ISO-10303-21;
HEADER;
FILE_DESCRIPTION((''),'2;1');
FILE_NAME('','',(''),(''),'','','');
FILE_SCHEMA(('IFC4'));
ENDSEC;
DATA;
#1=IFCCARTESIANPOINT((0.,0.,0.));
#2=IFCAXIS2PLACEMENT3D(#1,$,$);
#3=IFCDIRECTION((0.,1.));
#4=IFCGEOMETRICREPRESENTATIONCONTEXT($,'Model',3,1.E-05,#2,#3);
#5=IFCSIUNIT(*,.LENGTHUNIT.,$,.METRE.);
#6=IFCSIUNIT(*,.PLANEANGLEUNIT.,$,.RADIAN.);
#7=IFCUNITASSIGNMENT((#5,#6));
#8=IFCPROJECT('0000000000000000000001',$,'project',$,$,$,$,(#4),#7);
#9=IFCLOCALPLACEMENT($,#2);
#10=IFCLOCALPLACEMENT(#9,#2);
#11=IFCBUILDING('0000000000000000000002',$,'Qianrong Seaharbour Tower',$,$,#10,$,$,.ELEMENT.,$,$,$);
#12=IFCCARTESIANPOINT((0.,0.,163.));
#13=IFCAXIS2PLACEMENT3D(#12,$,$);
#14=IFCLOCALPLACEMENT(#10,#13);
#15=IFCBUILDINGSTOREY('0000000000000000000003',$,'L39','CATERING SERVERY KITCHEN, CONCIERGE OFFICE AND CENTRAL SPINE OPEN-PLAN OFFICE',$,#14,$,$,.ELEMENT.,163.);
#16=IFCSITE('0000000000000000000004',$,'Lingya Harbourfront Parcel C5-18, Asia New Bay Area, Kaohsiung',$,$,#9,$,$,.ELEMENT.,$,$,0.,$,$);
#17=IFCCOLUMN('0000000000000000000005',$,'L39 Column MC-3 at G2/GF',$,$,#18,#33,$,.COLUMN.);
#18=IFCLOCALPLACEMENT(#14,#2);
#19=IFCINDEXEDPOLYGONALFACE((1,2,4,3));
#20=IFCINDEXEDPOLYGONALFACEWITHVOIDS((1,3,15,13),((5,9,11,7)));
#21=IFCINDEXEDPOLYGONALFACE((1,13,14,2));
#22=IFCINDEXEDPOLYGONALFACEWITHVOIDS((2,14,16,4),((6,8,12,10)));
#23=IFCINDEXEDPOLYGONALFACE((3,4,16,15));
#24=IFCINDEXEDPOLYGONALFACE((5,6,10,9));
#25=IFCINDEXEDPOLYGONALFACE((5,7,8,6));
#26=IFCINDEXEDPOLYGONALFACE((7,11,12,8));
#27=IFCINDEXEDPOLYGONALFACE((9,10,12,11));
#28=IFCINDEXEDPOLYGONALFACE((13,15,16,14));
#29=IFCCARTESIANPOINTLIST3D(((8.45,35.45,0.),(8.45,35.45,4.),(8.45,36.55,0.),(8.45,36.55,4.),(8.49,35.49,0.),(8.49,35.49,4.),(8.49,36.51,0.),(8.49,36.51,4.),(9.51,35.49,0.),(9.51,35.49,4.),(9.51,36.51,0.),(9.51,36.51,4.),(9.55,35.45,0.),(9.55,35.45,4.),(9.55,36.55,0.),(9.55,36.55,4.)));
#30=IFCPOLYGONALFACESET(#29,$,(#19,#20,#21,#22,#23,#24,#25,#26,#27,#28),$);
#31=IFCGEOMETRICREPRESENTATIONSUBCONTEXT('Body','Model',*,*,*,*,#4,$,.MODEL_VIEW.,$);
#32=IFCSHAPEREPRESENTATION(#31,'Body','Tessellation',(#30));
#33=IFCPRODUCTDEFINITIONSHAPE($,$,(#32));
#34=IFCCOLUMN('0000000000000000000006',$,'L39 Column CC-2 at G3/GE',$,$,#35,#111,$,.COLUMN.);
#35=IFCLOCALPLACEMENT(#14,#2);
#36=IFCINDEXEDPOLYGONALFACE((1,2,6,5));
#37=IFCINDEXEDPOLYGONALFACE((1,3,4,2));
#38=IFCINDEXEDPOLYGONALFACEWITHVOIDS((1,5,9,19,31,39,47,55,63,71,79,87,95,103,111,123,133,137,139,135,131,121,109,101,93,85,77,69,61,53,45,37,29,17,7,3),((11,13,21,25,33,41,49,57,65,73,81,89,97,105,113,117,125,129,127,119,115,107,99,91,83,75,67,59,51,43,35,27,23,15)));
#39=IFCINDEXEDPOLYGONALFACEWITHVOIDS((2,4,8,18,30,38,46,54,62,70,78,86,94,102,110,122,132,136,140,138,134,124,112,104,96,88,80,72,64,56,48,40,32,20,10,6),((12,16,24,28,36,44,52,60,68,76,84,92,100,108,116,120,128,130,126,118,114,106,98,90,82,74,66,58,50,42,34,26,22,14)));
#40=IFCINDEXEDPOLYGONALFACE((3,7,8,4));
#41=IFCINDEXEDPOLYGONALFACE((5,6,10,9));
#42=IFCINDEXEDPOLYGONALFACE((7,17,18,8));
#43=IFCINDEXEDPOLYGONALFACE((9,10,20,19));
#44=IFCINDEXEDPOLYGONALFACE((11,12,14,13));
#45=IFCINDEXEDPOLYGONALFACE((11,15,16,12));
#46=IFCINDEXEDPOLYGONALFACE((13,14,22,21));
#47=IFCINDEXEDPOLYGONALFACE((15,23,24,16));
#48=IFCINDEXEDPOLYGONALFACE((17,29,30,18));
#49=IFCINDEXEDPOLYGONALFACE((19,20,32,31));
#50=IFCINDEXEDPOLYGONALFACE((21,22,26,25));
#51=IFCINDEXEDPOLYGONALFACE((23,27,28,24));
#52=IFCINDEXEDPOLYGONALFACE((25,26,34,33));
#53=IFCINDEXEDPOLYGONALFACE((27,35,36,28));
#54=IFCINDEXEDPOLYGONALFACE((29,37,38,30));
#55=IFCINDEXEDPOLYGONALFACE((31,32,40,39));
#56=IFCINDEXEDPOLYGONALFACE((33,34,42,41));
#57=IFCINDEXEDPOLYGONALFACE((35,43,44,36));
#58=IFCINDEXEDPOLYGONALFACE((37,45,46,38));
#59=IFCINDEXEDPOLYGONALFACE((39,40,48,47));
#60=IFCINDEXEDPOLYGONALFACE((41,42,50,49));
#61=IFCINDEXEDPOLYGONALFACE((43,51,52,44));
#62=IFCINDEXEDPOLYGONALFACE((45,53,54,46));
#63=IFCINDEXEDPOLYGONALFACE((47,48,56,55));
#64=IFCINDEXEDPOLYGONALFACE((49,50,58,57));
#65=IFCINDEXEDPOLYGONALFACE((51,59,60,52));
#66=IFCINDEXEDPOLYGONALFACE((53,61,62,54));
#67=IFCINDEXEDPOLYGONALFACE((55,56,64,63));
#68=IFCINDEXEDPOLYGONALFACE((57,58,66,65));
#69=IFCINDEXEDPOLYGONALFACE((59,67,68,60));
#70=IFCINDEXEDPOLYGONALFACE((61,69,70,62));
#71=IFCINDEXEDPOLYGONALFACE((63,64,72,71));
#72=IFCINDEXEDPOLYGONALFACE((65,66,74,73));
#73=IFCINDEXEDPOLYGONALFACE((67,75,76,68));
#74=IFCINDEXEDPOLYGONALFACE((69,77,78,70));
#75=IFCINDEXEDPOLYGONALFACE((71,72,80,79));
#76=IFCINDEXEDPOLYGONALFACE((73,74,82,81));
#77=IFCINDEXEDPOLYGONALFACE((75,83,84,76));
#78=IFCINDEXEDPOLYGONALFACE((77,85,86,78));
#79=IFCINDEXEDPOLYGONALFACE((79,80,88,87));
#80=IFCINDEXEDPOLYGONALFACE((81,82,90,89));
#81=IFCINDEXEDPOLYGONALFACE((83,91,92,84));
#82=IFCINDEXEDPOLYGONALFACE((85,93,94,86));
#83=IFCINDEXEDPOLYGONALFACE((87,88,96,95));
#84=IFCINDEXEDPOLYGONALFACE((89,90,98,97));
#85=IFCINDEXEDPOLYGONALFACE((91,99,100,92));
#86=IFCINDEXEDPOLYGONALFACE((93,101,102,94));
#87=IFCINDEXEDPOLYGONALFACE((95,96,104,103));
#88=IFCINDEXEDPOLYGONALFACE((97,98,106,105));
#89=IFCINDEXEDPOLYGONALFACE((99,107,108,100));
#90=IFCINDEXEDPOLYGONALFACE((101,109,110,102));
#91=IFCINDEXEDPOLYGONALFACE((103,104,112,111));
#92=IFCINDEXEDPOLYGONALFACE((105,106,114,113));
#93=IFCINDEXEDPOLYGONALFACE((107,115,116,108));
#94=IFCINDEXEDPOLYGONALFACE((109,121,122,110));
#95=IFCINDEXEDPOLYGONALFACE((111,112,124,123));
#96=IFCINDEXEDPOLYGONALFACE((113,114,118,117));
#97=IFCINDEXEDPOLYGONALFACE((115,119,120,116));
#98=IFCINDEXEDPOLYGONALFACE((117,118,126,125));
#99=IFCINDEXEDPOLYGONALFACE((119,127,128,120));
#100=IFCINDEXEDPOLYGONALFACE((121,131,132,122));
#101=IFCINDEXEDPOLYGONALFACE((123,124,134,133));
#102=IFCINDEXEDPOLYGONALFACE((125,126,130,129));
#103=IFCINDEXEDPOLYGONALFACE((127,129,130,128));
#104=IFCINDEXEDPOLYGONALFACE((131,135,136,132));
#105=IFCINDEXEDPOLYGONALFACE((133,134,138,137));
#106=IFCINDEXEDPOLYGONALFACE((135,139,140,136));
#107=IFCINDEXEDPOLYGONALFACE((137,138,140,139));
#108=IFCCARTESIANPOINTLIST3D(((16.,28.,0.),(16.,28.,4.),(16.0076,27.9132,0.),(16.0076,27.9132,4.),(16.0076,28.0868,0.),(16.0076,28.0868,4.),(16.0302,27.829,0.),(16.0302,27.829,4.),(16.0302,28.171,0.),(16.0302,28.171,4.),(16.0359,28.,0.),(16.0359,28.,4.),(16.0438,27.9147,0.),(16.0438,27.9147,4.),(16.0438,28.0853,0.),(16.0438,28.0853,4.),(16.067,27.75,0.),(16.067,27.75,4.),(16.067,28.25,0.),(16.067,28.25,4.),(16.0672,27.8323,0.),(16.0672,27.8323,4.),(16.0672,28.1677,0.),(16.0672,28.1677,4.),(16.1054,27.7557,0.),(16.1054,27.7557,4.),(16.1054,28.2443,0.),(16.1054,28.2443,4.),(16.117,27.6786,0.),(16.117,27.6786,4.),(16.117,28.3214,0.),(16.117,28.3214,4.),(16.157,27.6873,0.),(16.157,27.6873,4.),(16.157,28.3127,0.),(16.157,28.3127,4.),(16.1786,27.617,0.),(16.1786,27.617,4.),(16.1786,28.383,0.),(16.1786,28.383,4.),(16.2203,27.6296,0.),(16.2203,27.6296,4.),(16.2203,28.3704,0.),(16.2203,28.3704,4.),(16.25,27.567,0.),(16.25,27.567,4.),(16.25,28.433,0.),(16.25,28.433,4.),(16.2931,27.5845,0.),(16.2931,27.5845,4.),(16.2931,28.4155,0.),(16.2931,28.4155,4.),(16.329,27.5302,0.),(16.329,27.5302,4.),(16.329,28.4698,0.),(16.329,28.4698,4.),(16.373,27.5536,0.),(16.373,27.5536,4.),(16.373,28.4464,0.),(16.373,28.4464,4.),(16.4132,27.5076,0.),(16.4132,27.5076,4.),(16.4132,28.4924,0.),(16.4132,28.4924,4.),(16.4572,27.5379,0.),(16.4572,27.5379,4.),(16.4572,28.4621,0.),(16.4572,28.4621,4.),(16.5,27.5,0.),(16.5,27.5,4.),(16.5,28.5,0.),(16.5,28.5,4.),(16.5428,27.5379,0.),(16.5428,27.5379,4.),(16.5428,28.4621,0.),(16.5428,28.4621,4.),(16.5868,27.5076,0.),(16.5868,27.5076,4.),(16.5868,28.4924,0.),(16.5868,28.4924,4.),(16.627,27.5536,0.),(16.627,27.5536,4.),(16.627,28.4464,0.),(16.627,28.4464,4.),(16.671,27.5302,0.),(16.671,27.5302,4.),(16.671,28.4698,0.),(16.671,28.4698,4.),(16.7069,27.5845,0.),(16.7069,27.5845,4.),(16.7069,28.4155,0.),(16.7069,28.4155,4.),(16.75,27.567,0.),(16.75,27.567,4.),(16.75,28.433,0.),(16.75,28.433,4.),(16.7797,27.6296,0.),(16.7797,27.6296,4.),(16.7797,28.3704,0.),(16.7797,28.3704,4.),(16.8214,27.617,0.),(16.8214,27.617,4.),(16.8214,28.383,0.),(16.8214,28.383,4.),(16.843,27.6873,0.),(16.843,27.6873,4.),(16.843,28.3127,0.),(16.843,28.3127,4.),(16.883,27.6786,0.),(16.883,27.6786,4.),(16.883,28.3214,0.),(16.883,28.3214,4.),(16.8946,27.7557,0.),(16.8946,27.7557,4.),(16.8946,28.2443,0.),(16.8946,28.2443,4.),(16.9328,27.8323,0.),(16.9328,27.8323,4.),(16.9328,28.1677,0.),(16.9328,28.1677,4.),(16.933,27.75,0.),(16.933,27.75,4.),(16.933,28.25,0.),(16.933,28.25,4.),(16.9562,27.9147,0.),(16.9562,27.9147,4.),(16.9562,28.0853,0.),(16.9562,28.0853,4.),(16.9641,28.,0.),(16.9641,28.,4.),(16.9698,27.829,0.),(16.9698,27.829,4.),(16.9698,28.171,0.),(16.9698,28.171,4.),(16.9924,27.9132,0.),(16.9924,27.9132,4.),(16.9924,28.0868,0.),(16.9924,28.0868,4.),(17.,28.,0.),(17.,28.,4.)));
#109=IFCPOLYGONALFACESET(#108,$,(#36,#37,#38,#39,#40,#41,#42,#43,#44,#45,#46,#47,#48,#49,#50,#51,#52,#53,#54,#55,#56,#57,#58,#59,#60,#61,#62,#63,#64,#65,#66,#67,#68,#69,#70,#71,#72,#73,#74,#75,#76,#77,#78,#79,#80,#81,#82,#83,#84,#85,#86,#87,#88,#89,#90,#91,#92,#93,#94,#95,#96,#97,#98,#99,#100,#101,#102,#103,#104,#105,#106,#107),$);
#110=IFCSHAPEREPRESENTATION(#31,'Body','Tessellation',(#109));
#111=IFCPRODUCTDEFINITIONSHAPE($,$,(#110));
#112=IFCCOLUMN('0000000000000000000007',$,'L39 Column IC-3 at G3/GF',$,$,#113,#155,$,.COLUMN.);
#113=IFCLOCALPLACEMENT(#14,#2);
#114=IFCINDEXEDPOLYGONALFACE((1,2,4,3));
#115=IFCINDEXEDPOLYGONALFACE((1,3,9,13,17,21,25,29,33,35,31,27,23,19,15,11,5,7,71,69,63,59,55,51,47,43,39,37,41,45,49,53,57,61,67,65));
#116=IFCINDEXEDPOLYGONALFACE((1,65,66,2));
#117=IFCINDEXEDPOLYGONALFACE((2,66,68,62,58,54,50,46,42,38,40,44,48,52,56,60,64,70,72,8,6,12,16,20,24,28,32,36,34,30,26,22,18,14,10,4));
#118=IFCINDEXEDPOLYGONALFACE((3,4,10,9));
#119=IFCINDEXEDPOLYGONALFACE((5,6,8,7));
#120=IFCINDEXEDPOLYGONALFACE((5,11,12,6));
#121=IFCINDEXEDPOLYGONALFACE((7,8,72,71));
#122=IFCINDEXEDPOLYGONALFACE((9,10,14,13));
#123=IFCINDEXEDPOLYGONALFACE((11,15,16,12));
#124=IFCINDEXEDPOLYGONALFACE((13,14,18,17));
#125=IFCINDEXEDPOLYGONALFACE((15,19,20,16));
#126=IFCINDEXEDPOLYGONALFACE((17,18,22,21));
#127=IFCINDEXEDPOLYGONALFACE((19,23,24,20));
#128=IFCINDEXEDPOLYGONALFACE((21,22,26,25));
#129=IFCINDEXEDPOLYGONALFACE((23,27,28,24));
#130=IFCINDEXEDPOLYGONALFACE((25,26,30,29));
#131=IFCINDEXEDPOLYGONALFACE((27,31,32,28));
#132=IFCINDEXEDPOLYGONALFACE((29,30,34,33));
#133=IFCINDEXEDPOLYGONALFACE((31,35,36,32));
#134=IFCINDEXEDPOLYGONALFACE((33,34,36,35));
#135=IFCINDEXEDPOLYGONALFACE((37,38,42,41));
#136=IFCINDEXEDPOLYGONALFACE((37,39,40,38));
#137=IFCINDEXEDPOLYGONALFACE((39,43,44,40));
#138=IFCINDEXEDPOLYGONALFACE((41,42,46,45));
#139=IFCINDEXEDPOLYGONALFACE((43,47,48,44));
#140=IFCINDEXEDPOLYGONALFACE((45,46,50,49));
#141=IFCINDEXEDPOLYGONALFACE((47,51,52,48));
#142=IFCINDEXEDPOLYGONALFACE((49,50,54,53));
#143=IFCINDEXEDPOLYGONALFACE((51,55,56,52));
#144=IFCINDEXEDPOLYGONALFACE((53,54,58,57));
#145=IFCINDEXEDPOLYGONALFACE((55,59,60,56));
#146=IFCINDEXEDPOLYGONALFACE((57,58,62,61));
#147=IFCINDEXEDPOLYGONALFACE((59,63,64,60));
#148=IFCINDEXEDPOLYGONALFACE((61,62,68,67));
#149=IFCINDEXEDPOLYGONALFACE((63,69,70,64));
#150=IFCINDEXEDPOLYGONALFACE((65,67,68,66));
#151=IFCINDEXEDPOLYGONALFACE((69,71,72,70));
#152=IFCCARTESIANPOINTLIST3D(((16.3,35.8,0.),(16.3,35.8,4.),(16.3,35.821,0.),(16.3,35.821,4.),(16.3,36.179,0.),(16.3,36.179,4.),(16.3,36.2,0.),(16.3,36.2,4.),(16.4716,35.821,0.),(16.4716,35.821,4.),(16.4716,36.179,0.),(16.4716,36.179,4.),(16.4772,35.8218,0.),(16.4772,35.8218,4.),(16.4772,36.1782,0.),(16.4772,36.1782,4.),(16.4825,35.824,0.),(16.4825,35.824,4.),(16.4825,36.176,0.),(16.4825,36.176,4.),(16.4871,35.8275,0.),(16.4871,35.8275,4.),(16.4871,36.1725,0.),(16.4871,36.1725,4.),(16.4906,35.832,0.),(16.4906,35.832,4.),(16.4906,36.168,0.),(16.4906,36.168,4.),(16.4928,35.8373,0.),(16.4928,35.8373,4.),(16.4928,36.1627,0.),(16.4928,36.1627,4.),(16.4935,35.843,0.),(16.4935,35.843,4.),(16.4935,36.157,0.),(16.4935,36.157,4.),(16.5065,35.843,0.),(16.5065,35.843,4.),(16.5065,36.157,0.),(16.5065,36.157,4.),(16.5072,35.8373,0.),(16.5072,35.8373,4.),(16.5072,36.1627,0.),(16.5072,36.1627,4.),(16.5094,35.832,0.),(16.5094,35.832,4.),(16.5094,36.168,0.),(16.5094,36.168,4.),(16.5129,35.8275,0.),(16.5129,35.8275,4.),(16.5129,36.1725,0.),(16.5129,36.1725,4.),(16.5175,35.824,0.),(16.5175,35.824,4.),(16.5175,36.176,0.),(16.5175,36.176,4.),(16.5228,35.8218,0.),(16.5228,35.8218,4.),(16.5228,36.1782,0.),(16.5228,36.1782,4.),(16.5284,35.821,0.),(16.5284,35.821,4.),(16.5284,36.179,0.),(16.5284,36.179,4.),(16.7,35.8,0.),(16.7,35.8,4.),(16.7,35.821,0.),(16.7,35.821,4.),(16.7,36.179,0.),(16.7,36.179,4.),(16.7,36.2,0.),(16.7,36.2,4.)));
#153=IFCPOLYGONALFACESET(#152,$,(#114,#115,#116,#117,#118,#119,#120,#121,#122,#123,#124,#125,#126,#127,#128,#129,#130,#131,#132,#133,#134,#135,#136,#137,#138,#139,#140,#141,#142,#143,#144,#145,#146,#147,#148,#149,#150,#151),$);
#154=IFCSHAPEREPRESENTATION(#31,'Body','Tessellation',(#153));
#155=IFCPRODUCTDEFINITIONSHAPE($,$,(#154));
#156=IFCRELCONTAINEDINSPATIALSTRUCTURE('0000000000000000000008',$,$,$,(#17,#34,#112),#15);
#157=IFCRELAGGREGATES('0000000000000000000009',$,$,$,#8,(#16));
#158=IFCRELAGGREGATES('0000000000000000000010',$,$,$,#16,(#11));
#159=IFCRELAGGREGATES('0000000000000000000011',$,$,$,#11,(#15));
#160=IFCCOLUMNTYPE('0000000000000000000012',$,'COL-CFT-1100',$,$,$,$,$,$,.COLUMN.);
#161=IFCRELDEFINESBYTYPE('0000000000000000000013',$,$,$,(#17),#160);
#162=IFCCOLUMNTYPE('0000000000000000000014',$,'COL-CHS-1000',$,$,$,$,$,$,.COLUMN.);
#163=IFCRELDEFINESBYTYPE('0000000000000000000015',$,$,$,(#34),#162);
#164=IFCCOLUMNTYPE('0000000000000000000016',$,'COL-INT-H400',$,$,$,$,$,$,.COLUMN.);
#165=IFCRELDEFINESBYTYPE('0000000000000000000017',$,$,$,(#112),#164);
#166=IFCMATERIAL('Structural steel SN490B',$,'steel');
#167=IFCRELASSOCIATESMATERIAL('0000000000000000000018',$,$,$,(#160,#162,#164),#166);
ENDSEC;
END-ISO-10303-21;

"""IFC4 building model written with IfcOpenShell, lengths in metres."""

from ifc_helpers import new_model, si_unit, direction, frame, origin, origin_2d, place, context, subcontext, project, spatial, hollow_rectangle, hollow_circle, i_section, extrude, material, material_profile, profile_set, type_object, element, save


model = new_model("IFC4")

# Units and contexts
model_context = context("Model", 3, precision=1e-05, world=origin(), true_north=direction((0.0, 1.0)))
body_context = subcontext(model_context, "Body", "Model", "MODEL_VIEW")
ifc_project = project(units=[si_unit("LENGTHUNIT", "METRE"), si_unit("PLANEANGLEUNIT", "RADIAN")], contexts=[model_context])

# Site, building, storey
site_placement = place(None, origin())
site = spatial("IfcSite", under=ifc_project, at=site_placement, Name="Lingya Harbourfront Parcel C5-18, Asia New Bay Area, Kaohsiung", CompositionType="ELEMENT", RefElevation=0.0)
building_placement = place(site_placement, origin())
building = spatial("IfcBuilding", under=site, at=building_placement, Name="Qianrong Seaharbour Tower", CompositionType="ELEMENT")
storey_placement = place(building_placement, frame((0.0, 0.0, 163.0)))
storey = spatial("IfcBuildingStorey", under=building, at=storey_placement, Name="L39", Description="CATERING SERVERY KITCHEN, CONCIERGE OFFICE AND CENTRAL SPINE OPEN-PLAN OFFICE", CompositionType="ELEMENT", Elevation=163.0)

# Columns
ifc_material_1 = material(Name="Structural steel SN490B", Category="steel")
ifc_material_profile_1 = material_profile(ifc_material_1, hollow_rectangle(XDim=1.1001, YDim=1.1001, WallThickness=0.04, at=origin_2d()), Name="BOX1100x1100x40")
ifc_profile_set_1 = profile_set([ifc_material_profile_1], Name="Structural steel SN490B")
column_type_1 = type_object("IfcColumnType", Name="COL-CFT-1100", PredefinedType="COLUMN", material=ifc_profile_set_1)
column_1_placement = place(storey_placement, frame((9.0, 36.0, 0.0), z_axis=(0.0, 0.0, 1.0), x_axis=(1.0, 0.0, 0.0)))
element("IfcColumn", 1, at=column_1_placement, inside=storey, type_object=column_type_1, Name="L39 Column MC-3 at G2/GF", PredefinedType="COLUMN", context=body_context, shape_type="SweptSolid", body=[
    extrude(hollow_rectangle(XDim=1.1001, YDim=1.1001, WallThickness=0.04, at=origin_2d()), origin(), (0.0, 0.0, 1.0), 4.0),
])
ifc_material_profile_2 = material_profile(ifc_material_1, hollow_circle(Radius=0.5, WallThickness=0.0359, at=origin_2d()), Name="CHS1000x36")
ifc_profile_set_2 = profile_set([ifc_material_profile_2], Name="Structural steel SN490B")
column_type_2 = type_object("IfcColumnType", Name="COL-CHS-1000", PredefinedType="COLUMN", material=ifc_profile_set_2)
column_2_placement = place(storey_placement, frame((16.5, 28.0, 0.0), z_axis=(0.0, 0.0, 1.0), x_axis=(1.0, 0.0, 0.0)))
element("IfcColumn", 2, at=column_2_placement, inside=storey, type_object=column_type_2, Name="L39 Column CC-2 at G3/GE", PredefinedType="COLUMN", context=body_context, shape_type="SweptSolid", body=[
    extrude(hollow_circle(Radius=0.5, WallThickness=0.0359, at=origin_2d()), origin(), (0.0, 0.0, 1.0), 4.0),
])
ifc_material_profile_3 = material_profile(ifc_material_1, i_section(OverallWidth=0.3999, OverallDepth=0.3999, WebThickness=0.0129, FlangeThickness=0.021, FilletRadius=0.022, at=origin_2d()), Name="H400x400x13x21")
ifc_profile_set_3 = profile_set([ifc_material_profile_3], Name="Structural steel SN490B")
column_type_3 = type_object("IfcColumnType", Name="COL-INT-H400", PredefinedType="COLUMN", material=ifc_profile_set_3)
column_3_placement = place(storey_placement, frame((16.5, 36.0, 0.0), z_axis=(0.0, 0.0, 1.0), x_axis=(1.0, 0.0, 0.0)))
element("IfcColumn", 3, at=column_3_placement, inside=storey, type_object=column_type_3, Name="L39 Column IC-3 at G3/GF", PredefinedType="COLUMN", context=body_context, shape_type="SweptSolid", body=[
    extrude(i_section(OverallWidth=0.3999, OverallDepth=0.3999, WebThickness=0.0129, FlangeThickness=0.021, FilletRadius=0.022, at=origin_2d()), origin(), (0.0, 0.0, 1.0), 4.0),
])

save(model, "model.ifc")
